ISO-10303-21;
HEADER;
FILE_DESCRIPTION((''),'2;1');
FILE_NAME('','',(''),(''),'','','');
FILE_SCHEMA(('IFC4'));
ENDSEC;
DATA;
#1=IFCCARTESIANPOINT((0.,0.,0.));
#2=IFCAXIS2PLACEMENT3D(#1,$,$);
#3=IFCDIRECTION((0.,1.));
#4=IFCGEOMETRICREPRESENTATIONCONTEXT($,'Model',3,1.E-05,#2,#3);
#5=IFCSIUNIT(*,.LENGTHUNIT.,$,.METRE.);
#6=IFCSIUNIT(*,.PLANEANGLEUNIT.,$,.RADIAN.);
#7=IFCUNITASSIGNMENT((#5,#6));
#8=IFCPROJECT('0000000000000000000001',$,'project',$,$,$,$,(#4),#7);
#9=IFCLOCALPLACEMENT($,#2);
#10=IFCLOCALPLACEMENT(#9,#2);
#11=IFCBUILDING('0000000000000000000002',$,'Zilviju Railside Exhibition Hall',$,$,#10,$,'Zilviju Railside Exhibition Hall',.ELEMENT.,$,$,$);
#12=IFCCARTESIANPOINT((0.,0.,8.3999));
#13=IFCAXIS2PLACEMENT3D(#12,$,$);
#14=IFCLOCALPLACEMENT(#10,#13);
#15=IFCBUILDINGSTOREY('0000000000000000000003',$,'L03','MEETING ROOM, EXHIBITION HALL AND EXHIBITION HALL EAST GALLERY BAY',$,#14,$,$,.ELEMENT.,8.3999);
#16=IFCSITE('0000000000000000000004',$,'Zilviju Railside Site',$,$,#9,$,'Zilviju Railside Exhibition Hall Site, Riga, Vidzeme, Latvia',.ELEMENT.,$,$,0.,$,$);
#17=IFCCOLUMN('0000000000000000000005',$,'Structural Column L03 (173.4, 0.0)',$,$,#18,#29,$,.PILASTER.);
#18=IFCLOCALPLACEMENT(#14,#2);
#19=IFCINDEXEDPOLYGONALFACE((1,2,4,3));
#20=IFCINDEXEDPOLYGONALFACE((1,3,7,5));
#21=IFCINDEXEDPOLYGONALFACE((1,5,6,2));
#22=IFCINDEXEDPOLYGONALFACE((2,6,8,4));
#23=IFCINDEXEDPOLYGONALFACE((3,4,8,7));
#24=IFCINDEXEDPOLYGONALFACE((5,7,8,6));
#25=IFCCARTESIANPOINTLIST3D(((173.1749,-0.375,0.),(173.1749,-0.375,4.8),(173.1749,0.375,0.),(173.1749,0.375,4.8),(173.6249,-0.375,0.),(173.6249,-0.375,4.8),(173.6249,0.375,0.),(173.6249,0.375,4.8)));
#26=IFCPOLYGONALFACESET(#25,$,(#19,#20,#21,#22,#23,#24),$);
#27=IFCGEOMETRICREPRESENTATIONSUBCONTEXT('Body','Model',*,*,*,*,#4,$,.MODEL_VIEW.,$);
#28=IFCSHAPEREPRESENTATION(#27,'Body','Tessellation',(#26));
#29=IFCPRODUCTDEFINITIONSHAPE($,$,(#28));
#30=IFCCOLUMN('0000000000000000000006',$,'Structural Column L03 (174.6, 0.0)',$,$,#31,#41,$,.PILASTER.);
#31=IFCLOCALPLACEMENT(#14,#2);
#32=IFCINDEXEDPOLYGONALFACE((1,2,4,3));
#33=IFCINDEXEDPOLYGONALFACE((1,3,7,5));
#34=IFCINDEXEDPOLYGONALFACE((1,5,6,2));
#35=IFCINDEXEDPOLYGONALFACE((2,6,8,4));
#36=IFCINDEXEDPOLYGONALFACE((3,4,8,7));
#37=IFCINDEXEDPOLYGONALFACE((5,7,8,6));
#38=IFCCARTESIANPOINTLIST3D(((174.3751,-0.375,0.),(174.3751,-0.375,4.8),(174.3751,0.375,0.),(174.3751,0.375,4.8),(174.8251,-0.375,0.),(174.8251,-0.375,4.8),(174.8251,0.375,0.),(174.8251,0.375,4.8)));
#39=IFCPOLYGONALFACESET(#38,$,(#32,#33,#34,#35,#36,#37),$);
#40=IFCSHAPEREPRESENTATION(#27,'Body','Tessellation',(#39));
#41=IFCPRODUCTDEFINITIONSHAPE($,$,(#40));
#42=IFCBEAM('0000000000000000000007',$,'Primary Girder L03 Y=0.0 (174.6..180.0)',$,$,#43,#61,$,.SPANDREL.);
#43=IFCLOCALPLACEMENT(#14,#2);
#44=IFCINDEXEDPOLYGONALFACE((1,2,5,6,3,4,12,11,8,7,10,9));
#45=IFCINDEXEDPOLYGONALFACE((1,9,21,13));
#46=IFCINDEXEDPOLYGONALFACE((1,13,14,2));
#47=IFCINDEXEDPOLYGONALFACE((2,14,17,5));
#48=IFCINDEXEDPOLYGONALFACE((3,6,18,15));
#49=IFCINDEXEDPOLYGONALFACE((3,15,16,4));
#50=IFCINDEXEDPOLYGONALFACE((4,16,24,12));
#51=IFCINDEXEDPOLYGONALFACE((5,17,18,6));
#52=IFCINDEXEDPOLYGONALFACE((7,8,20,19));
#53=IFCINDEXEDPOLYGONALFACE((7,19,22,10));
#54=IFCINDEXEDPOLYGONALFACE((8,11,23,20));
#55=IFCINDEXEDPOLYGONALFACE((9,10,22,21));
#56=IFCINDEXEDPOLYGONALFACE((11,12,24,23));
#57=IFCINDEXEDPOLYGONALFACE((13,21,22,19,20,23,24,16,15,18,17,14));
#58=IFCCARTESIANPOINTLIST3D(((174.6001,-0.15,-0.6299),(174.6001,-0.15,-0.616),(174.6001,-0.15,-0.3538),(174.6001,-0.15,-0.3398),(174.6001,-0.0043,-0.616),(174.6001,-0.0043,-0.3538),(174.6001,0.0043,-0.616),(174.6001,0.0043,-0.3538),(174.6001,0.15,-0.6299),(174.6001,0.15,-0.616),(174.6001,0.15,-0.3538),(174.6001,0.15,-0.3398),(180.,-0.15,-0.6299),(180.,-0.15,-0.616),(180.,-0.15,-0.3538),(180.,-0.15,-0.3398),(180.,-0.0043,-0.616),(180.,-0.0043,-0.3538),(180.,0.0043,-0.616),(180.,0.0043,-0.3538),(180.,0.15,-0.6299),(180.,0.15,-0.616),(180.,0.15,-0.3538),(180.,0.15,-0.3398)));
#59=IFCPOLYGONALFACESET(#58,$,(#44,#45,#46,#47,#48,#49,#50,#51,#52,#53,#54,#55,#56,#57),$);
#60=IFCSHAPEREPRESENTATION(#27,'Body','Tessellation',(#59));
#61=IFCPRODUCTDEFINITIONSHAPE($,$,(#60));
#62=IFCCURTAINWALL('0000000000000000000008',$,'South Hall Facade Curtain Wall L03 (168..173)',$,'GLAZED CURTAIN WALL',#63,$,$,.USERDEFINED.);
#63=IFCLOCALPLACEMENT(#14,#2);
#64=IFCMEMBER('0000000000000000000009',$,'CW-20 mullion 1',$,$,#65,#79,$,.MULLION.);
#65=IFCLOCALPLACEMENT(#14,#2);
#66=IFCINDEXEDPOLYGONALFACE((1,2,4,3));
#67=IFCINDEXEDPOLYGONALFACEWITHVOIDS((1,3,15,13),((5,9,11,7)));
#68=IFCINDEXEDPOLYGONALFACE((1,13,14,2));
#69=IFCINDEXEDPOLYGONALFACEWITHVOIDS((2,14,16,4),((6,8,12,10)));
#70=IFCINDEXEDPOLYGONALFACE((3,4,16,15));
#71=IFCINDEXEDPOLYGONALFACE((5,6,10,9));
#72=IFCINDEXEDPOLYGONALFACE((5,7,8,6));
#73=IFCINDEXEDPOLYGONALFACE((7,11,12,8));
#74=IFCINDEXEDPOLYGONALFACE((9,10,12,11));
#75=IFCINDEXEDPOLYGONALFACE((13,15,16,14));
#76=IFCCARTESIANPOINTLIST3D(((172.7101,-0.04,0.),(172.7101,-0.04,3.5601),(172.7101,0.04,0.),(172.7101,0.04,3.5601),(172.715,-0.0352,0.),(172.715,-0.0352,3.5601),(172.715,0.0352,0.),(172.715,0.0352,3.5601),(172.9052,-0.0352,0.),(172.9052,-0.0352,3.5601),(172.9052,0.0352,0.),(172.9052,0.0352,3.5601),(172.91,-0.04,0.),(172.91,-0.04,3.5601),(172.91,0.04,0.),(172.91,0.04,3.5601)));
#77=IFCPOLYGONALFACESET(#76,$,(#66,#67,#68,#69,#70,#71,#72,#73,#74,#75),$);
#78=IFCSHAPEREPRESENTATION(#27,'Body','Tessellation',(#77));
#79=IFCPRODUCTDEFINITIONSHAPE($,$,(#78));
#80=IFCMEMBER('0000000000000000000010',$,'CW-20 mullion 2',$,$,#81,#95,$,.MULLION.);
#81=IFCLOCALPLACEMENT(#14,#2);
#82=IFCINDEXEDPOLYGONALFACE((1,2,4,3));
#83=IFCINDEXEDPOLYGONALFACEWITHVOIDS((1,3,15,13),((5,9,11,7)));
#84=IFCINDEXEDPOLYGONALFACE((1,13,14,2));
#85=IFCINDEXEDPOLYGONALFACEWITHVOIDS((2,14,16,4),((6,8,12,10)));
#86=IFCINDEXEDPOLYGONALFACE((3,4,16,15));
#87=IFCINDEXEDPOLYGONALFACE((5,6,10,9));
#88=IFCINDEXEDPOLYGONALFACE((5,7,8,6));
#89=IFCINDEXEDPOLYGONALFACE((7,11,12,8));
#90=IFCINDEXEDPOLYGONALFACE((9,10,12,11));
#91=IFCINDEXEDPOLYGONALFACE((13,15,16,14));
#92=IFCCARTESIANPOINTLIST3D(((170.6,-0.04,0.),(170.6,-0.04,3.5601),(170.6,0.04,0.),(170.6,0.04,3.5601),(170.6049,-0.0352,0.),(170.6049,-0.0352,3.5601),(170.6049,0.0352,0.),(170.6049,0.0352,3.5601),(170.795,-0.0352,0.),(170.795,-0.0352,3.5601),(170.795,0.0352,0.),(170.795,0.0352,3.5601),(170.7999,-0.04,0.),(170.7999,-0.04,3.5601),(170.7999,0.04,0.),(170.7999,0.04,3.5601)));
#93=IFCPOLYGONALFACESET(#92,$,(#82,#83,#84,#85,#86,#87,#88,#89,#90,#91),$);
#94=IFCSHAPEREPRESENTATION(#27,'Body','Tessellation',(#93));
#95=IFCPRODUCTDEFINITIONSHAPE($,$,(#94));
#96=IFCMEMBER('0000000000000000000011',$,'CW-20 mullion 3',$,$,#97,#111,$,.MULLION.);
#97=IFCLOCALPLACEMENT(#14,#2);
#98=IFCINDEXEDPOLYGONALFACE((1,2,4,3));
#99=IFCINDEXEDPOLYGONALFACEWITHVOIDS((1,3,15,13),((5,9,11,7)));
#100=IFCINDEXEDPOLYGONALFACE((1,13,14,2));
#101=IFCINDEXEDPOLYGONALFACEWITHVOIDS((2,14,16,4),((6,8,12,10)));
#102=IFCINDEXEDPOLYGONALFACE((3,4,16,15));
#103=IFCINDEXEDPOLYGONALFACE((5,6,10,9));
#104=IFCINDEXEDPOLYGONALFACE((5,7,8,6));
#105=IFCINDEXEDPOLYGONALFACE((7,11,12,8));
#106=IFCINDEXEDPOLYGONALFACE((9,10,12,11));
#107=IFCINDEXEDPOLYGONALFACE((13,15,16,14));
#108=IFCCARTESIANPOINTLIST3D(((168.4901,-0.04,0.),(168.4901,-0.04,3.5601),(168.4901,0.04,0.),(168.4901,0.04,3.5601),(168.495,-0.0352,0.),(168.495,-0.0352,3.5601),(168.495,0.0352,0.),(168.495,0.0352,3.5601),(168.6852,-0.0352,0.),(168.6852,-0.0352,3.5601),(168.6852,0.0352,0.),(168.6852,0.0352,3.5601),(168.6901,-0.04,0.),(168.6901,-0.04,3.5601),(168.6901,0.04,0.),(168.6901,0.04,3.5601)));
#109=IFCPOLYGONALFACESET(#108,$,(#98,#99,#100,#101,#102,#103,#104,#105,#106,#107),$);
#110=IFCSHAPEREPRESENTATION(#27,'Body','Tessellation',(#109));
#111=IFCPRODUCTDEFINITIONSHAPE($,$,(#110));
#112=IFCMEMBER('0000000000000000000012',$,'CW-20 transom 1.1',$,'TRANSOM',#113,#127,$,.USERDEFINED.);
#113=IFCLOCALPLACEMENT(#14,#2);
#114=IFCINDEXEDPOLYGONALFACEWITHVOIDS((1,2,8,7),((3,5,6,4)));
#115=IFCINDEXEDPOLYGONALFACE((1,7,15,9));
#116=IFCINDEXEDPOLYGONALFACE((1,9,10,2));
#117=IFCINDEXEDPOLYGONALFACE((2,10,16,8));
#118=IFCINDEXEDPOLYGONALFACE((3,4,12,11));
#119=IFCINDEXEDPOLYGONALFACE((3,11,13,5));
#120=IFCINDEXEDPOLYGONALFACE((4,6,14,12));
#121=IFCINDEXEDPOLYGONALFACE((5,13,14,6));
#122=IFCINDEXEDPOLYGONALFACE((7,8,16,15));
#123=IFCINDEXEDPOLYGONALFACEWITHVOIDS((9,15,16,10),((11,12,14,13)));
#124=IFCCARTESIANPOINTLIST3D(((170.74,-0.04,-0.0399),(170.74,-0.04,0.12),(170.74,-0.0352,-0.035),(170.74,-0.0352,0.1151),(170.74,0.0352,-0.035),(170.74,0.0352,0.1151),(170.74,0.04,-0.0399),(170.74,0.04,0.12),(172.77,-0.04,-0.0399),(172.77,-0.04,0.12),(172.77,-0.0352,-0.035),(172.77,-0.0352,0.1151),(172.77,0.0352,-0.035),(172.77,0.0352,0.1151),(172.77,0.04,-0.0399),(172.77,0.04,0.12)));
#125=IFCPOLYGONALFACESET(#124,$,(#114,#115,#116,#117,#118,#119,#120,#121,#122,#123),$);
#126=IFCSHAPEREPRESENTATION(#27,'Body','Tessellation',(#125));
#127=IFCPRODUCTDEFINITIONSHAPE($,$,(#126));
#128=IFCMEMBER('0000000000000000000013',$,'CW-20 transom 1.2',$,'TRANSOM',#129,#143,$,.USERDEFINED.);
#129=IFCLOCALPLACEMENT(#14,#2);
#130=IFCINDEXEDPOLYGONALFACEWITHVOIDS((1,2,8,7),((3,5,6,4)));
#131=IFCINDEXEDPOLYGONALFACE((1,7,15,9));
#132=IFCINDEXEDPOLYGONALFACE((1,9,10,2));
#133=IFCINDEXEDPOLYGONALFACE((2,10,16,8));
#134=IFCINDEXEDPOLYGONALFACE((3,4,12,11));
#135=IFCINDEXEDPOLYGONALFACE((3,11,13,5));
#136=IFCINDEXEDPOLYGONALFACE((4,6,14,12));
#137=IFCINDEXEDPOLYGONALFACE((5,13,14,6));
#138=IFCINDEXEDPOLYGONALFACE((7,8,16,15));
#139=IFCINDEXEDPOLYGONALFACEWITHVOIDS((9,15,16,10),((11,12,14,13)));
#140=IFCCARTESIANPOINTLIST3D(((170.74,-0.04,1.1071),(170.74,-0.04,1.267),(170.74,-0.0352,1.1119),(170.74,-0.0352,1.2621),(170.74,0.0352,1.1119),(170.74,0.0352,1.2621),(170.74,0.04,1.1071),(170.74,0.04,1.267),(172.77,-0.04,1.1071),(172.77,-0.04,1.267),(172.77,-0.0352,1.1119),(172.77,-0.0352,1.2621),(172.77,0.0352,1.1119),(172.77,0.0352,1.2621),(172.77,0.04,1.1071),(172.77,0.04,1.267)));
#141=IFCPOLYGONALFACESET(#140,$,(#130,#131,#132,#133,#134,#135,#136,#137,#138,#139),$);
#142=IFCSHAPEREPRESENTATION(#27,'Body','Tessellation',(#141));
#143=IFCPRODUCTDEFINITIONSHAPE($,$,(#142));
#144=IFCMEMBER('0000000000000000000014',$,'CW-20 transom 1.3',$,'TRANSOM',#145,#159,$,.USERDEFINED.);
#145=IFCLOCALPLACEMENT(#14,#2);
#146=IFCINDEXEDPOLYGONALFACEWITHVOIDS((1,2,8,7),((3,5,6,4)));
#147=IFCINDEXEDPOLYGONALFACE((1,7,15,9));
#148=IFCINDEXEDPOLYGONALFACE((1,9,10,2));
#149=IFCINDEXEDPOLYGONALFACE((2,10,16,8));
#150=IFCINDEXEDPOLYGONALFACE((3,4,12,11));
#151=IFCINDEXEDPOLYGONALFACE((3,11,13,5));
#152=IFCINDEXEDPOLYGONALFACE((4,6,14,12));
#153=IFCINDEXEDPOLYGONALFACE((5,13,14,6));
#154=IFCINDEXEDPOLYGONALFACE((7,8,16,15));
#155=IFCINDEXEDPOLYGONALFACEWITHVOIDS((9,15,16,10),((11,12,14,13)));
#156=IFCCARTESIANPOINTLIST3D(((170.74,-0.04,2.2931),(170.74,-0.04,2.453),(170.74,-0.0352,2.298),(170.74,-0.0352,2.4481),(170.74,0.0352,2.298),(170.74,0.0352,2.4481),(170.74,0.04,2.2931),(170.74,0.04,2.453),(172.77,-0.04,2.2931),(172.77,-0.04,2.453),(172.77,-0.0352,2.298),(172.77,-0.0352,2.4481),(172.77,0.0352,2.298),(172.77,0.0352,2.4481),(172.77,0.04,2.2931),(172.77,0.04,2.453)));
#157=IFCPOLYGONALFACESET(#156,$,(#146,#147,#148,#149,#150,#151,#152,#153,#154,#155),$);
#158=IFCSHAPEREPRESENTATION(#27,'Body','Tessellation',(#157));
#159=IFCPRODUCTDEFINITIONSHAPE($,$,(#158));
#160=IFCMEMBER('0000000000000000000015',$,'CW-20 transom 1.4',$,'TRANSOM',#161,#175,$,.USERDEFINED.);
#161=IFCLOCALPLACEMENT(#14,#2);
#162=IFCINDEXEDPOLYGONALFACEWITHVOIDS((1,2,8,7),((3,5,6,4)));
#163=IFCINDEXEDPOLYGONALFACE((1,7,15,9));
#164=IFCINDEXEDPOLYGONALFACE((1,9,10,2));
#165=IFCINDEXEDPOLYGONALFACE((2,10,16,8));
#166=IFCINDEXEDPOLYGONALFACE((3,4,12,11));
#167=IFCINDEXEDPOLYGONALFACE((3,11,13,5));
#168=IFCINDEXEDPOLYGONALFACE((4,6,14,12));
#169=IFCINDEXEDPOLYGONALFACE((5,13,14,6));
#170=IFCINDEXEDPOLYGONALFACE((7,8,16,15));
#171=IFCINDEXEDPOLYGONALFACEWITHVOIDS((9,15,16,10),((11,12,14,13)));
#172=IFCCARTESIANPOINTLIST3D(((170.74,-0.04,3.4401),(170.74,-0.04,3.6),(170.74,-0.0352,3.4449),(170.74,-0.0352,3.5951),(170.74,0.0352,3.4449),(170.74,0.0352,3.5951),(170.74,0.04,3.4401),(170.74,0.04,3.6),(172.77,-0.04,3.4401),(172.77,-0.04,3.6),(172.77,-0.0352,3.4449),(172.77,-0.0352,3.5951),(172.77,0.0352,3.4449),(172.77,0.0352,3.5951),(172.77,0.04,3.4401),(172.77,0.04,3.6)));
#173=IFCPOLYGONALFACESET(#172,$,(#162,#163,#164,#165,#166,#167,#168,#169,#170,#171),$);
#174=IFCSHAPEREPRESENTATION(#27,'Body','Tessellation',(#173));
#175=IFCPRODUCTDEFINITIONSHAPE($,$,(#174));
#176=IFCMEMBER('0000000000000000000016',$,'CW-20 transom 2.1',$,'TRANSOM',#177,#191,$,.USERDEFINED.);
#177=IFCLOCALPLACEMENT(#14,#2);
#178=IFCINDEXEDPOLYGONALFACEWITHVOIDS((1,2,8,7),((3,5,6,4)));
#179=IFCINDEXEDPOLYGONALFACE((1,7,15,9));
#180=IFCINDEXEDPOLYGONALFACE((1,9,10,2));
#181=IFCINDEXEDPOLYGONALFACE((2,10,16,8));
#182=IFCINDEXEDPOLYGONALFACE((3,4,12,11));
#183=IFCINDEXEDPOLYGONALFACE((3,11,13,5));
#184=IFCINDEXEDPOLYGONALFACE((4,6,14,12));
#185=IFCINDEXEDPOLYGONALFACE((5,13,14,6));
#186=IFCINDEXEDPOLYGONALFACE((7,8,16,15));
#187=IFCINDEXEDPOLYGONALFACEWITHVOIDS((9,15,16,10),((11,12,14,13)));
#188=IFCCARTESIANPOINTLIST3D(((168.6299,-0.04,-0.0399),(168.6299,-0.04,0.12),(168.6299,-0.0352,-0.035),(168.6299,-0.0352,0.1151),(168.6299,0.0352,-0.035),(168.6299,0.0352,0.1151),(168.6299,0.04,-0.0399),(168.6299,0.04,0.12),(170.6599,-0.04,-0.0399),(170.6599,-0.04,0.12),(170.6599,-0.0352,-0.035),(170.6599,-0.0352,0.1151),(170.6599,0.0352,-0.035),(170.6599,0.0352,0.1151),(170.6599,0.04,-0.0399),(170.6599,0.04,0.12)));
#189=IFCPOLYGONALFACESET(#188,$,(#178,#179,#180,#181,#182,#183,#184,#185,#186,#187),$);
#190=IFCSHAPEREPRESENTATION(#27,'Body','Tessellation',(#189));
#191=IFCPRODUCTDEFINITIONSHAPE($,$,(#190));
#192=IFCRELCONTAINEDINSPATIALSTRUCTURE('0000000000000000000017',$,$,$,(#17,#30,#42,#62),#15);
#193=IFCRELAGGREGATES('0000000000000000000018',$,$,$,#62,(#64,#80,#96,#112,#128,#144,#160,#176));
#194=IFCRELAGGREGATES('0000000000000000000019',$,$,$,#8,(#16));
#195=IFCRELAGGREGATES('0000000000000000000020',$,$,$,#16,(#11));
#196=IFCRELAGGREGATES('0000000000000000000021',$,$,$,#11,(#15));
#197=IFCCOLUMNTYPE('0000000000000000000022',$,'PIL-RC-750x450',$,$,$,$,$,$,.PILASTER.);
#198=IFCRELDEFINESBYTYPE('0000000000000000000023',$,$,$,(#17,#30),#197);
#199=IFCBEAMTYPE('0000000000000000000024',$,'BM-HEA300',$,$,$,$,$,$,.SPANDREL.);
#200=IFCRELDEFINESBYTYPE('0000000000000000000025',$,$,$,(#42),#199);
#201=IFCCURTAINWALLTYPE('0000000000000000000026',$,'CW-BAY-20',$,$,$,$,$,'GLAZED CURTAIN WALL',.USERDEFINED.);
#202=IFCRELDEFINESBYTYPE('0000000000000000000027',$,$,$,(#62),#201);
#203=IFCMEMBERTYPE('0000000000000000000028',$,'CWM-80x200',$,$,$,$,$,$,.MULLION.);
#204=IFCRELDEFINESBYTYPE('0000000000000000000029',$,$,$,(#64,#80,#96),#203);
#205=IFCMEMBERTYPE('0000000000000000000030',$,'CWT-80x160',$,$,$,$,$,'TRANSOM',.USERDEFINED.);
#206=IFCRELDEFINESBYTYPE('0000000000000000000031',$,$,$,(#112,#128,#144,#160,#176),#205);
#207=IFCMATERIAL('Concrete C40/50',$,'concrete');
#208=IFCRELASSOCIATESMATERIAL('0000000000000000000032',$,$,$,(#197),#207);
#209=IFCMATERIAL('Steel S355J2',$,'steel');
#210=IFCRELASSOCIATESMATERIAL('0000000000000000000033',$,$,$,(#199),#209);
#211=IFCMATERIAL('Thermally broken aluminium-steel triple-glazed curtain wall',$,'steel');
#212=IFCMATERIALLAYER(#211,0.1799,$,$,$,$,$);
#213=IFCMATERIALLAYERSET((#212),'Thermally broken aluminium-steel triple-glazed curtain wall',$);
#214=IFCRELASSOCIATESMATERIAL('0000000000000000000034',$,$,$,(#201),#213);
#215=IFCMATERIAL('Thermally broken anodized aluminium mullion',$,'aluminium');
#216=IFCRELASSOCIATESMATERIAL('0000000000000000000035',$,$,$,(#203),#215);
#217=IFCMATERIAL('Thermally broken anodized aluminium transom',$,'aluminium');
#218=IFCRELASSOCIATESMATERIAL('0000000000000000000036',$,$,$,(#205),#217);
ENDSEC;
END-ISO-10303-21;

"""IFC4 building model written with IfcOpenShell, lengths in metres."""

from ifc_helpers import new_model, si_unit, direction, frame, origin, origin_2d, place, context, subcontext, project, spatial, rectangle, hollow_rectangle, i_section, extrude, material, layer, layer_set, material_profile, profile_set, type_object, element, aggregate, save


model = new_model("IFC4")

# Units and contexts
model_context = context("Model", 3, precision=1e-05, world=origin(), true_north=direction((0.0, 1.0)))
body_context = subcontext(model_context, "Body", "Model", "MODEL_VIEW")
ifc_project = project(units=[si_unit("LENGTHUNIT", "METRE"), si_unit("PLANEANGLEUNIT", "RADIAN")], contexts=[model_context])

# Site, building, storey
site_placement = place(None, origin())
site = spatial("IfcSite", under=ifc_project, at=site_placement, Name="Zilviju Railside Site", LongName="Zilviju Railside Exhibition Hall Site, Riga, Vidzeme, Latvia", CompositionType="ELEMENT", RefElevation=0.0)
building_placement = place(site_placement, origin())
building = spatial("IfcBuilding", under=site, at=building_placement, Name="Zilviju Railside Exhibition Hall", LongName="Zilviju Railside Exhibition Hall", CompositionType="ELEMENT")
storey_placement = place(building_placement, frame((0.0, 0.0, 8.3999)))
storey = spatial("IfcBuildingStorey", under=building, at=storey_placement, Name="L03", Description="MEETING ROOM, EXHIBITION HALL AND EXHIBITION HALL EAST GALLERY BAY", CompositionType="ELEMENT", Elevation=8.3999)

# Columns
ifc_material_1 = material(Name="Concrete C40/50", Category="concrete")
ifc_material_profile_1 = material_profile(ifc_material_1, rectangle(XDim=0.45, YDim=0.75, at=origin_2d()), Name="RC COL 450x750")
ifc_profile_set_1 = profile_set([ifc_material_profile_1], Name="Concrete C40/50")
column_type = type_object("IfcColumnType", Name="PIL-RC-750x450", PredefinedType="PILASTER", material=ifc_profile_set_1)
for number, where, z_axis, x_axis, name in (
    (1, (173.3999, 0.0, 0.0), (0.0, 0.0, 1.0), (1.0, 0.0, 0.0), "Structural Column L03 (173.4, 0.0)"),
    (2, (174.6001, 0.0, 0.0), (0.0, 0.0, 1.0), (1.0, 0.0, 0.0), "Structural Column L03 (174.6, 0.0)"),
):
    element("IfcColumn", number, at=place(storey_placement, frame(where, z_axis=z_axis, x_axis=x_axis)), inside=storey, type_object=column_type, Name=name, PredefinedType="PILASTER", context=body_context, shape_type="SweptSolid", body=[
        extrude(rectangle(XDim=0.45, YDim=0.75, at=origin_2d()), origin(), (0.0, 0.0, 1.0), 4.8),
    ])

# Beam
ifc_material_2 = material(Name="Steel S355J2", Category="steel")
ifc_material_profile_2 = material_profile(ifc_material_2, i_section(OverallWidth=0.3, OverallDepth=0.29, WebThickness=0.0085, FlangeThickness=0.0139, at=origin_2d()), Name="HEA 300")
ifc_profile_set_2 = profile_set([ifc_material_profile_2], Name="Steel S355J2")
beam_type = type_object("IfcBeamType", Name="BM-HEA300", PredefinedType="SPANDREL", material=ifc_profile_set_2)
beam_placement = place(storey_placement, frame((174.6001, 0.0, -0.4849), z_axis=(1.0, 0.0, 0.0), x_axis=(0.0, 1.0, 0.0)))
element("IfcBeam", 3, at=beam_placement, inside=storey, type_object=beam_type, Name="Primary Girder L03 Y=0.0 (174.6..180.0)", PredefinedType="SPANDREL", context=body_context, shape_type="SweptSolid", body=[
    extrude(i_section(OverallWidth=0.3, OverallDepth=0.29, WebThickness=0.0085, FlangeThickness=0.0139, at=origin_2d()), origin(), (0.0, 0.0, 1.0), 5.3999),
])

# Curtain wall, members
ifc_material_3 = material(Name="Thermally broken aluminium-steel triple-glazed curtain wall", Category="steel")
ifc_layer_1 = layer(ifc_material_3, 0.1799)
ifc_layer_set_1 = layer_set([ifc_layer_1], Name="Thermally broken aluminium-steel triple-glazed curtain wall")
curtain_wall_type = type_object("IfcCurtainWallType", Name="CW-BAY-20", ElementType="GLAZED CURTAIN WALL", PredefinedType="USERDEFINED", material=ifc_layer_set_1)
curtain_wall_placement = place(storey_placement, origin())
curtain_wall = element("IfcCurtainWall", 4, at=curtain_wall_placement, inside=storey, type_object=curtain_wall_type, Name="South Hall Facade Curtain Wall L03 (168..173)", ObjectType="GLAZED CURTAIN WALL", PredefinedType="USERDEFINED")
ifc_material_4 = material(Name="Thermally broken anodized aluminium mullion", Category="aluminium")
ifc_material_profile_3 = material_profile(ifc_material_4, hollow_rectangle(XDim=0.0801, YDim=0.2, WallThickness=0.0049, at=origin_2d()), Name="MULLION 200x80x5")
ifc_profile_set_3 = profile_set([ifc_material_profile_3], Name="Thermally broken anodized aluminium mullion")
member_type_1 = type_object("IfcMemberType", Name="CWM-80x200", PredefinedType="MULLION", material=ifc_profile_set_3)
member_1_placement = place(storey_placement, frame((172.8101, 0.0, 0.0), z_axis=(0.0, 0.0, 1.0), x_axis=(0.0, -1.0, 0.0)))
member_1 = element("IfcMember", 5, at=member_1_placement, type_object=member_type_1, Name="CW-20 mullion 1", PredefinedType="MULLION", context=body_context, shape_type="SweptSolid", body=[
    extrude(hollow_rectangle(XDim=0.0801, YDim=0.2, WallThickness=0.0049, at=origin_2d()), origin(), (0.0, 0.0, 1.0), 3.5601),
])
member_2_placement = place(storey_placement, frame((170.7, 0.0, 0.0), z_axis=(0.0, 0.0, 1.0), x_axis=(0.0, -1.0, 0.0)))
member_2 = element("IfcMember", 6, at=member_2_placement, type_object=member_type_1, Name="CW-20 mullion 2", PredefinedType="MULLION", context=body_context, shape_type="SweptSolid", body=[
    extrude(hollow_rectangle(XDim=0.0801, YDim=0.2, WallThickness=0.0049, at=origin_2d()), origin(), (0.0, 0.0, 1.0), 3.5601),
])
member_3_placement = place(storey_placement, frame((168.5901, 0.0, 0.0), z_axis=(0.0, 0.0, 1.0), x_axis=(0.0, -1.0, 0.0)))
member_3 = element("IfcMember", 7, at=member_3_placement, type_object=member_type_1, Name="CW-20 mullion 3", PredefinedType="MULLION", context=body_context, shape_type="SweptSolid", body=[
    extrude(hollow_rectangle(XDim=0.0801, YDim=0.2, WallThickness=0.0049, at=origin_2d()), origin(), (0.0, 0.0, 1.0), 3.5601),
])
ifc_material_5 = material(Name="Thermally broken anodized aluminium transom", Category="aluminium")
ifc_material_profile_4 = material_profile(ifc_material_5, hollow_rectangle(XDim=0.0801, YDim=0.1599, WallThickness=0.0049, at=origin_2d()), Name="TRANSOM 160x80x5")
ifc_profile_set_4 = profile_set([ifc_material_profile_4], Name="Thermally broken anodized aluminium transom")
member_type_2 = type_object("IfcMemberType", Name="CWT-80x160", ElementType="TRANSOM", PredefinedType="USERDEFINED", material=ifc_profile_set_4)
member_4_placement = place(storey_placement, frame((172.77, 0.0, 0.04), z_axis=(-1.0, 0.0, 0.0), x_axis=(0.0, -1.0, 0.0)))
member_4 = element("IfcMember", 8, at=member_4_placement, type_object=member_type_2, Name="CW-20 transom 1.1", ObjectType="TRANSOM", PredefinedType="USERDEFINED", context=body_context, shape_type="SweptSolid", body=[
    extrude(hollow_rectangle(XDim=0.0801, YDim=0.1599, WallThickness=0.0049, at=origin_2d()), origin(), (0.0, 0.0, 1.0), 2.03),
])
member_5_placement = place(storey_placement, frame((172.77, 0.0, 1.187), z_axis=(-1.0, 0.0, 0.0), x_axis=(0.0, -1.0, 0.0)))
member_5 = element("IfcMember", 9, at=member_5_placement, type_object=member_type_2, Name="CW-20 transom 1.2", ObjectType="TRANSOM", PredefinedType="USERDEFINED", context=body_context, shape_type="SweptSolid", body=[
    extrude(hollow_rectangle(XDim=0.0801, YDim=0.1599, WallThickness=0.0049, at=origin_2d()), origin(), (0.0, 0.0, 1.0), 2.03),
])
member_6_placement = place(storey_placement, frame((172.77, 0.0, 2.373), z_axis=(-1.0, 0.0, 0.0), x_axis=(0.0, -1.0, 0.0)))
member_6 = element("IfcMember", 10, at=member_6_placement, type_object=member_type_2, Name="CW-20 transom 1.3", ObjectType="TRANSOM", PredefinedType="USERDEFINED", context=body_context, shape_type="SweptSolid", body=[
    extrude(hollow_rectangle(XDim=0.0801, YDim=0.1599, WallThickness=0.0049, at=origin_2d()), origin(), (0.0, 0.0, 1.0), 2.03),
])
member_7_placement = place(storey_placement, frame((172.77, 0.0, 3.52), z_axis=(-1.0, 0.0, 0.0), x_axis=(0.0, -1.0, 0.0)))
member_7 = element("IfcMember", 11, at=member_7_placement, type_object=member_type_2, Name="CW-20 transom 1.4", ObjectType="TRANSOM", PredefinedType="USERDEFINED", context=body_context, shape_type="SweptSolid", body=[
    extrude(hollow_rectangle(XDim=0.0801, YDim=0.1599, WallThickness=0.0049, at=origin_2d()), origin(), (0.0, 0.0, 1.0), 2.03),
])
member_8_placement = place(storey_placement, frame((170.6599, 0.0, 0.04), z_axis=(-1.0, 0.0, 0.0), x_axis=(0.0, -1.0, 0.0)))
member_8 = element("IfcMember", 12, at=member_8_placement, type_object=member_type_2, Name="CW-20 transom 2.1", ObjectType="TRANSOM", PredefinedType="USERDEFINED", context=body_context, shape_type="SweptSolid", body=[
    extrude(hollow_rectangle(XDim=0.0801, YDim=0.1599, WallThickness=0.0049, at=origin_2d()), origin(), (0.0, 0.0, 1.0), 2.03),
])
aggregate(curtain_wall, [member_1, member_2, member_3, member_4, member_5, member_6, member_7, member_8])

save(model, "model.ifc")
